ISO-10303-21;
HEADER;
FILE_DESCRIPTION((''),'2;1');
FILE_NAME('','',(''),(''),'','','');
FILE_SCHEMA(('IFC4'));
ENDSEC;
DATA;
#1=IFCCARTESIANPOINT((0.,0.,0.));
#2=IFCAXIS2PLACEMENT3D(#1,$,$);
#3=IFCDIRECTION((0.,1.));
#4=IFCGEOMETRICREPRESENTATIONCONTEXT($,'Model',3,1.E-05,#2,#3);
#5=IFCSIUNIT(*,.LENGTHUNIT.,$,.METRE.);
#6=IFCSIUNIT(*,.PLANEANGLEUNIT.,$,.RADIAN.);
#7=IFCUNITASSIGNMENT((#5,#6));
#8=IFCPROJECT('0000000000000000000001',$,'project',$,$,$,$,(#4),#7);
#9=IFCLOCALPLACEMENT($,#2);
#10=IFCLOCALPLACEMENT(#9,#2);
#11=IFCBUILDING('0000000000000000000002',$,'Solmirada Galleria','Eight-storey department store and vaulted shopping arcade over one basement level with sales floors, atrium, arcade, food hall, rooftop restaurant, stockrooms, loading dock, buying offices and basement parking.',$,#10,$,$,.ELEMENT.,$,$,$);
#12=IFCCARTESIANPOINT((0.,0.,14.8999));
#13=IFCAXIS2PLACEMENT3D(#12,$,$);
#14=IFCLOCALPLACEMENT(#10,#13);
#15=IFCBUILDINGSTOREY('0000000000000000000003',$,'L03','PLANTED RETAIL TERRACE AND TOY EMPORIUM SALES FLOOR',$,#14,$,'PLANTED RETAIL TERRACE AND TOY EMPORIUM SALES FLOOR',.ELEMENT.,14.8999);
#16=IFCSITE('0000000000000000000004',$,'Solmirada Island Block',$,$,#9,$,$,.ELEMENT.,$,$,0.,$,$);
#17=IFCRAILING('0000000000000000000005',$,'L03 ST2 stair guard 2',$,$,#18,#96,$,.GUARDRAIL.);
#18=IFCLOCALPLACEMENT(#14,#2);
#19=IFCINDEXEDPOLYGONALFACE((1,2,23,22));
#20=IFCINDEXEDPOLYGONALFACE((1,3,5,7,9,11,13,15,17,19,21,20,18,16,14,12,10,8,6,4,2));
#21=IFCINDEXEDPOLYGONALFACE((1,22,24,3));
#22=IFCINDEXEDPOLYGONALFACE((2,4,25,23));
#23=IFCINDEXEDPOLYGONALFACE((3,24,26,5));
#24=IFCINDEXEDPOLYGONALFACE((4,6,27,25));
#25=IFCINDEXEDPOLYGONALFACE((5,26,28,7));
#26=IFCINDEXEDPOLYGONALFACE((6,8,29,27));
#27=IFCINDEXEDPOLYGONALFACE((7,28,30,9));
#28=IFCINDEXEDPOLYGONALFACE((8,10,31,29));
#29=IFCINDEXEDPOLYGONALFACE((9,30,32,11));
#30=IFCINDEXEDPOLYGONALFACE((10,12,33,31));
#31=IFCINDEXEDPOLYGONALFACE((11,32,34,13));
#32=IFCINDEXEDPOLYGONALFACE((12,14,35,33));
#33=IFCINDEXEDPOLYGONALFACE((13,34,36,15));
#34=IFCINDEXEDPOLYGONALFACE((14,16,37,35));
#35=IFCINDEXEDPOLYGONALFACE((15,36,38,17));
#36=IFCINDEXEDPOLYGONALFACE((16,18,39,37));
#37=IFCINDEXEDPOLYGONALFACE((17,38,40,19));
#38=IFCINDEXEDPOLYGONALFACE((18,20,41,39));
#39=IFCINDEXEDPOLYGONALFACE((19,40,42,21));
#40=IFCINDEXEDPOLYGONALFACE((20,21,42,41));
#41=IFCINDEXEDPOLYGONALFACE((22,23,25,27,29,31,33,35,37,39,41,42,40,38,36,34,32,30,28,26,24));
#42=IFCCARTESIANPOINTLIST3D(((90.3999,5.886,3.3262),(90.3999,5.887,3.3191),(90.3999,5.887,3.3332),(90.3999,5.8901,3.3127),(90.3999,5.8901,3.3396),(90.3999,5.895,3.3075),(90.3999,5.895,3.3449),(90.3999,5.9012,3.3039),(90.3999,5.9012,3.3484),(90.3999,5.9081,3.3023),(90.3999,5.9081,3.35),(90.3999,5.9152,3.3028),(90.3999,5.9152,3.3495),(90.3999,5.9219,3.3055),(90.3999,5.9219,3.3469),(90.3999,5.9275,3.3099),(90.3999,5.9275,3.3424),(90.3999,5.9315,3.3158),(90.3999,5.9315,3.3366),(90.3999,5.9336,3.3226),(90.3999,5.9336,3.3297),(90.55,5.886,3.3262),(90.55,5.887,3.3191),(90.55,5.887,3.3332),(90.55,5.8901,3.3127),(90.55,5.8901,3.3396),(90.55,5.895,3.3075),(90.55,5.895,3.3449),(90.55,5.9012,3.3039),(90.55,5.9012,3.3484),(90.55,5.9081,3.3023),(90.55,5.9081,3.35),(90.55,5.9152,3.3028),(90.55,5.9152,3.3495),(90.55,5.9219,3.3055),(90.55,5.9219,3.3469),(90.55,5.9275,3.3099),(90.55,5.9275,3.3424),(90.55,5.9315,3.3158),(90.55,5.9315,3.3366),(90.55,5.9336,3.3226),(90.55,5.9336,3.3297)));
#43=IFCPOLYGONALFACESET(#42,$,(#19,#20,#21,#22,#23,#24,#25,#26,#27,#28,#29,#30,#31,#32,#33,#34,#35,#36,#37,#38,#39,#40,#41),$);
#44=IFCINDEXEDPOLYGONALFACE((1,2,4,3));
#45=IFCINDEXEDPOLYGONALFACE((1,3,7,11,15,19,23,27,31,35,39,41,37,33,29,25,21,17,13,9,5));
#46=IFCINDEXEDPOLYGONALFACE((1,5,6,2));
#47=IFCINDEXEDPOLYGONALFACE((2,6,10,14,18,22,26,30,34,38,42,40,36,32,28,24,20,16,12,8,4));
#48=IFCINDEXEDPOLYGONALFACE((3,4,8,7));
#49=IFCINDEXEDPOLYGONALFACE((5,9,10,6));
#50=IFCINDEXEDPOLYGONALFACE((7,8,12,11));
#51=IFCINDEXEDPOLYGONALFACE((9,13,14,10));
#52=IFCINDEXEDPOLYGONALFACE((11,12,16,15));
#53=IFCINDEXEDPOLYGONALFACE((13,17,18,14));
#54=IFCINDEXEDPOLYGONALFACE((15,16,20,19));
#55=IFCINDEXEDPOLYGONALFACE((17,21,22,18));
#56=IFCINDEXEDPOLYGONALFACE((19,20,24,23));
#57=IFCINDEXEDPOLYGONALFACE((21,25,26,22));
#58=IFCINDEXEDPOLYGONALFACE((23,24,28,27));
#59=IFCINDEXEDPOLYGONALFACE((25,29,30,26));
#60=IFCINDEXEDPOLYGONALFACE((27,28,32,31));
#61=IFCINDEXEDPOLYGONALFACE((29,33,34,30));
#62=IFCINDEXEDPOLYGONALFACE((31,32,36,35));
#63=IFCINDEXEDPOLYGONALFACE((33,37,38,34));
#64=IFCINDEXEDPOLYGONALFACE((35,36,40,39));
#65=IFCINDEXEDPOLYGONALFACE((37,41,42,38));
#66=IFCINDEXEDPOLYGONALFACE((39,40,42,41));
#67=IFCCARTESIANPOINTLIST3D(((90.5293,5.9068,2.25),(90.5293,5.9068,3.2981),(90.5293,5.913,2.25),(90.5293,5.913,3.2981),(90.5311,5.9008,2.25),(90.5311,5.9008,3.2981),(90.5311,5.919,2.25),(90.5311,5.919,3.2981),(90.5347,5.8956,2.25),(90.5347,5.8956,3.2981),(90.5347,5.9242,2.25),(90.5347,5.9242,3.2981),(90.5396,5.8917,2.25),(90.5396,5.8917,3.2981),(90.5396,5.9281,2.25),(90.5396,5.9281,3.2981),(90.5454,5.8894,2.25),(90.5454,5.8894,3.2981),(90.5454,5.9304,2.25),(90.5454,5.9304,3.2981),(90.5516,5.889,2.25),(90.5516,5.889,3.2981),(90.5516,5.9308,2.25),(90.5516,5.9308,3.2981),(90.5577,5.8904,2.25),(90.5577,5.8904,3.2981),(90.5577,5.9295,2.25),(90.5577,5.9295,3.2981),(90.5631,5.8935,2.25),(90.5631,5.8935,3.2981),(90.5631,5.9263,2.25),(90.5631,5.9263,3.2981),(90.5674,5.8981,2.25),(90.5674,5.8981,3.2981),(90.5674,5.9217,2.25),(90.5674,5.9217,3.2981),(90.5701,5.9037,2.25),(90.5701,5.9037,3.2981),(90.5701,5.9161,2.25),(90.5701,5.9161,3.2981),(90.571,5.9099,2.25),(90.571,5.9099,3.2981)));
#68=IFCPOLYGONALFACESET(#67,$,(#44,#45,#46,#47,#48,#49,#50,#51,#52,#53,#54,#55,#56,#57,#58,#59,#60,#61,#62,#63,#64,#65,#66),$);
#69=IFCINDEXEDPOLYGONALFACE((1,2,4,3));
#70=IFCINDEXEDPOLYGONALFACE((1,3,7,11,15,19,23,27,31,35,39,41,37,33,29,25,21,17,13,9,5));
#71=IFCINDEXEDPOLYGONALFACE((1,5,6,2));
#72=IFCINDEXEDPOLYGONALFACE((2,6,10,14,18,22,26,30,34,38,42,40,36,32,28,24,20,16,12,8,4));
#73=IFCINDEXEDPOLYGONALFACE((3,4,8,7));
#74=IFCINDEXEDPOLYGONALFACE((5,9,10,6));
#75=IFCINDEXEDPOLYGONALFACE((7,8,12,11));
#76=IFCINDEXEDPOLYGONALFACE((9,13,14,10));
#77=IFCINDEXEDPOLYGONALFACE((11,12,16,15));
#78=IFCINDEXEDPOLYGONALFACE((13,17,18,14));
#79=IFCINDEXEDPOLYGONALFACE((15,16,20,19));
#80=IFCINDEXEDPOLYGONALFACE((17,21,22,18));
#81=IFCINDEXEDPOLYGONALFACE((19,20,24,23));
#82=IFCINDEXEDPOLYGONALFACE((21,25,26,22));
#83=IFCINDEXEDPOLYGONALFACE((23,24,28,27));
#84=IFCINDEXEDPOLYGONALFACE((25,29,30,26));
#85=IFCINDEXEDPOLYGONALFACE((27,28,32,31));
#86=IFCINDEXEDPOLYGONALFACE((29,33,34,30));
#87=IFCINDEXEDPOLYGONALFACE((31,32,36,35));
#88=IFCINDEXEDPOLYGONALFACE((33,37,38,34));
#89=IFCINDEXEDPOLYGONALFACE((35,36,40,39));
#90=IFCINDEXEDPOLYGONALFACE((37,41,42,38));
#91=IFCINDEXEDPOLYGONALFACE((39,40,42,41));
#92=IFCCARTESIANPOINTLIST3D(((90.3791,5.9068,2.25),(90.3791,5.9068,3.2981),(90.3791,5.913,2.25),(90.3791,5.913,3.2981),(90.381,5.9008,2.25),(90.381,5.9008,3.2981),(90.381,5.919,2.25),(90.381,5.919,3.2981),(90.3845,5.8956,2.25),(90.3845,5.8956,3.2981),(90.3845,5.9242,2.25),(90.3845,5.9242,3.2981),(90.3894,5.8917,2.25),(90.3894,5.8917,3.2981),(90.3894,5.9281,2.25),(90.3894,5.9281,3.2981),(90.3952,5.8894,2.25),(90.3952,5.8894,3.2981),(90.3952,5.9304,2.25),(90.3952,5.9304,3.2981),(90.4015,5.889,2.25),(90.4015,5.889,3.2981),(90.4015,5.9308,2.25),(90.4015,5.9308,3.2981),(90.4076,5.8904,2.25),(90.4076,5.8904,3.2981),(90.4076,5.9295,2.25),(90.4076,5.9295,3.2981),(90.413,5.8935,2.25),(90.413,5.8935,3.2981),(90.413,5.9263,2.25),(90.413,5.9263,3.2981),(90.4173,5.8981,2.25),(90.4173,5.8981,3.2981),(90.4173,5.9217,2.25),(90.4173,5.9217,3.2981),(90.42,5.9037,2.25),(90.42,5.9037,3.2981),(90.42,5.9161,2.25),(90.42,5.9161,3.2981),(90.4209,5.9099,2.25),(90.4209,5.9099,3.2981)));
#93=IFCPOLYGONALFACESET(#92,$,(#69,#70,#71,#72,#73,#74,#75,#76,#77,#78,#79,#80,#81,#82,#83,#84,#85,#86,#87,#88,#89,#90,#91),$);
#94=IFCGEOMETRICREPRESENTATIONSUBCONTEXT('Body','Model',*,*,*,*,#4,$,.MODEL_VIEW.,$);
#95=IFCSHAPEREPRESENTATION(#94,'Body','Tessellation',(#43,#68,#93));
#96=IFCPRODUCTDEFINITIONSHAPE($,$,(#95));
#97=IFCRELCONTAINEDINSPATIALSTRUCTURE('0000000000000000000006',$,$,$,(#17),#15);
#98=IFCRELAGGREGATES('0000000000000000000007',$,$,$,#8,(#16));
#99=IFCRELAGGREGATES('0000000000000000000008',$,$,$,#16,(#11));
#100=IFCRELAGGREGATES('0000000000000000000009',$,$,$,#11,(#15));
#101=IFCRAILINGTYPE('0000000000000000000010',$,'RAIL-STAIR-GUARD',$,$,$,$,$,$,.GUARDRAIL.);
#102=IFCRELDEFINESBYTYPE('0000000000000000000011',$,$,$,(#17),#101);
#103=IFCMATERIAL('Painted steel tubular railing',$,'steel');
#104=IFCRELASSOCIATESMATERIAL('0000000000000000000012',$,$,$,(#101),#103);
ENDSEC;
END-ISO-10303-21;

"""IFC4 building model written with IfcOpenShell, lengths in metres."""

from ifc_helpers import new_model, si_unit, direction, frame, origin, origin_2d, place, context, subcontext, project, spatial, circle, extrude, material, type_object, element, save


model = new_model("IFC4")

# Units and contexts
model_context = context("Model", 3, precision=1e-05, world=origin(), true_north=direction((0.0, 1.0)))
body_context = subcontext(model_context, "Body", "Model", "MODEL_VIEW")
ifc_project = project(units=[si_unit("LENGTHUNIT", "METRE"), si_unit("PLANEANGLEUNIT", "RADIAN")], contexts=[model_context])

# Site, building, storey
site_placement = place(None, origin())
site = spatial("IfcSite", under=ifc_project, at=site_placement, Name="Solmirada Island Block", CompositionType="ELEMENT", RefElevation=0.0)
building_placement = place(site_placement, origin())
building = spatial("IfcBuilding", under=site, at=building_placement, Name="Solmirada Galleria", Description="Eight-storey department store and vaulted shopping arcade over one basement level with sales floors, atrium, arcade, food hall, rooftop restaurant, stockrooms, loading dock, buying offices and basement parking.", CompositionType="ELEMENT")
storey_placement = place(building_placement, frame((0.0, 0.0, 14.8999)))
storey = spatial("IfcBuildingStorey", under=building, at=storey_placement, Name="L03", Description="PLANTED RETAIL TERRACE AND TOY EMPORIUM SALES FLOOR", LongName="PLANTED RETAIL TERRACE AND TOY EMPORIUM SALES FLOOR", CompositionType="ELEMENT", Elevation=14.8999)

# Railing
ifc_material_1 = material(Name="Painted steel tubular railing", Category="steel")
railing_type_1 = type_object("IfcRailingType", Name="RAIL-STAIR-GUARD", PredefinedType="GUARDRAIL", material=ifc_material_1)
railing_1_placement = place(storey_placement, frame((90.55, 5.9099, 2.25)))
element("IfcRailing", 1, at=railing_1_placement, inside=storey, type_object=railing_type_1, Name="L03 ST2 stair guard 2", PredefinedType="GUARDRAIL", context=body_context, shape_type="SweptSolid", body=[
    extrude(circle(Radius=0.0239, at=origin_2d()), frame((0.0, 0.0, 1.0762), z_axis=(-1.0, 0.0, 0.0), x_axis=(0.0, -1.0, 0.0)), (0.0, 0.0, 1.0), 0.1501),
    extrude(circle(Radius=0.021, at=origin_2d()), origin(), (0.0, 0.0, 1.0), 1.0481),
    extrude(circle(Radius=0.021, at=origin_2d()), frame((-0.1501, 0.0, 0.0)), (0.0, 0.0, 1.0), 1.0481),
])

save(model, "model.ifc")
